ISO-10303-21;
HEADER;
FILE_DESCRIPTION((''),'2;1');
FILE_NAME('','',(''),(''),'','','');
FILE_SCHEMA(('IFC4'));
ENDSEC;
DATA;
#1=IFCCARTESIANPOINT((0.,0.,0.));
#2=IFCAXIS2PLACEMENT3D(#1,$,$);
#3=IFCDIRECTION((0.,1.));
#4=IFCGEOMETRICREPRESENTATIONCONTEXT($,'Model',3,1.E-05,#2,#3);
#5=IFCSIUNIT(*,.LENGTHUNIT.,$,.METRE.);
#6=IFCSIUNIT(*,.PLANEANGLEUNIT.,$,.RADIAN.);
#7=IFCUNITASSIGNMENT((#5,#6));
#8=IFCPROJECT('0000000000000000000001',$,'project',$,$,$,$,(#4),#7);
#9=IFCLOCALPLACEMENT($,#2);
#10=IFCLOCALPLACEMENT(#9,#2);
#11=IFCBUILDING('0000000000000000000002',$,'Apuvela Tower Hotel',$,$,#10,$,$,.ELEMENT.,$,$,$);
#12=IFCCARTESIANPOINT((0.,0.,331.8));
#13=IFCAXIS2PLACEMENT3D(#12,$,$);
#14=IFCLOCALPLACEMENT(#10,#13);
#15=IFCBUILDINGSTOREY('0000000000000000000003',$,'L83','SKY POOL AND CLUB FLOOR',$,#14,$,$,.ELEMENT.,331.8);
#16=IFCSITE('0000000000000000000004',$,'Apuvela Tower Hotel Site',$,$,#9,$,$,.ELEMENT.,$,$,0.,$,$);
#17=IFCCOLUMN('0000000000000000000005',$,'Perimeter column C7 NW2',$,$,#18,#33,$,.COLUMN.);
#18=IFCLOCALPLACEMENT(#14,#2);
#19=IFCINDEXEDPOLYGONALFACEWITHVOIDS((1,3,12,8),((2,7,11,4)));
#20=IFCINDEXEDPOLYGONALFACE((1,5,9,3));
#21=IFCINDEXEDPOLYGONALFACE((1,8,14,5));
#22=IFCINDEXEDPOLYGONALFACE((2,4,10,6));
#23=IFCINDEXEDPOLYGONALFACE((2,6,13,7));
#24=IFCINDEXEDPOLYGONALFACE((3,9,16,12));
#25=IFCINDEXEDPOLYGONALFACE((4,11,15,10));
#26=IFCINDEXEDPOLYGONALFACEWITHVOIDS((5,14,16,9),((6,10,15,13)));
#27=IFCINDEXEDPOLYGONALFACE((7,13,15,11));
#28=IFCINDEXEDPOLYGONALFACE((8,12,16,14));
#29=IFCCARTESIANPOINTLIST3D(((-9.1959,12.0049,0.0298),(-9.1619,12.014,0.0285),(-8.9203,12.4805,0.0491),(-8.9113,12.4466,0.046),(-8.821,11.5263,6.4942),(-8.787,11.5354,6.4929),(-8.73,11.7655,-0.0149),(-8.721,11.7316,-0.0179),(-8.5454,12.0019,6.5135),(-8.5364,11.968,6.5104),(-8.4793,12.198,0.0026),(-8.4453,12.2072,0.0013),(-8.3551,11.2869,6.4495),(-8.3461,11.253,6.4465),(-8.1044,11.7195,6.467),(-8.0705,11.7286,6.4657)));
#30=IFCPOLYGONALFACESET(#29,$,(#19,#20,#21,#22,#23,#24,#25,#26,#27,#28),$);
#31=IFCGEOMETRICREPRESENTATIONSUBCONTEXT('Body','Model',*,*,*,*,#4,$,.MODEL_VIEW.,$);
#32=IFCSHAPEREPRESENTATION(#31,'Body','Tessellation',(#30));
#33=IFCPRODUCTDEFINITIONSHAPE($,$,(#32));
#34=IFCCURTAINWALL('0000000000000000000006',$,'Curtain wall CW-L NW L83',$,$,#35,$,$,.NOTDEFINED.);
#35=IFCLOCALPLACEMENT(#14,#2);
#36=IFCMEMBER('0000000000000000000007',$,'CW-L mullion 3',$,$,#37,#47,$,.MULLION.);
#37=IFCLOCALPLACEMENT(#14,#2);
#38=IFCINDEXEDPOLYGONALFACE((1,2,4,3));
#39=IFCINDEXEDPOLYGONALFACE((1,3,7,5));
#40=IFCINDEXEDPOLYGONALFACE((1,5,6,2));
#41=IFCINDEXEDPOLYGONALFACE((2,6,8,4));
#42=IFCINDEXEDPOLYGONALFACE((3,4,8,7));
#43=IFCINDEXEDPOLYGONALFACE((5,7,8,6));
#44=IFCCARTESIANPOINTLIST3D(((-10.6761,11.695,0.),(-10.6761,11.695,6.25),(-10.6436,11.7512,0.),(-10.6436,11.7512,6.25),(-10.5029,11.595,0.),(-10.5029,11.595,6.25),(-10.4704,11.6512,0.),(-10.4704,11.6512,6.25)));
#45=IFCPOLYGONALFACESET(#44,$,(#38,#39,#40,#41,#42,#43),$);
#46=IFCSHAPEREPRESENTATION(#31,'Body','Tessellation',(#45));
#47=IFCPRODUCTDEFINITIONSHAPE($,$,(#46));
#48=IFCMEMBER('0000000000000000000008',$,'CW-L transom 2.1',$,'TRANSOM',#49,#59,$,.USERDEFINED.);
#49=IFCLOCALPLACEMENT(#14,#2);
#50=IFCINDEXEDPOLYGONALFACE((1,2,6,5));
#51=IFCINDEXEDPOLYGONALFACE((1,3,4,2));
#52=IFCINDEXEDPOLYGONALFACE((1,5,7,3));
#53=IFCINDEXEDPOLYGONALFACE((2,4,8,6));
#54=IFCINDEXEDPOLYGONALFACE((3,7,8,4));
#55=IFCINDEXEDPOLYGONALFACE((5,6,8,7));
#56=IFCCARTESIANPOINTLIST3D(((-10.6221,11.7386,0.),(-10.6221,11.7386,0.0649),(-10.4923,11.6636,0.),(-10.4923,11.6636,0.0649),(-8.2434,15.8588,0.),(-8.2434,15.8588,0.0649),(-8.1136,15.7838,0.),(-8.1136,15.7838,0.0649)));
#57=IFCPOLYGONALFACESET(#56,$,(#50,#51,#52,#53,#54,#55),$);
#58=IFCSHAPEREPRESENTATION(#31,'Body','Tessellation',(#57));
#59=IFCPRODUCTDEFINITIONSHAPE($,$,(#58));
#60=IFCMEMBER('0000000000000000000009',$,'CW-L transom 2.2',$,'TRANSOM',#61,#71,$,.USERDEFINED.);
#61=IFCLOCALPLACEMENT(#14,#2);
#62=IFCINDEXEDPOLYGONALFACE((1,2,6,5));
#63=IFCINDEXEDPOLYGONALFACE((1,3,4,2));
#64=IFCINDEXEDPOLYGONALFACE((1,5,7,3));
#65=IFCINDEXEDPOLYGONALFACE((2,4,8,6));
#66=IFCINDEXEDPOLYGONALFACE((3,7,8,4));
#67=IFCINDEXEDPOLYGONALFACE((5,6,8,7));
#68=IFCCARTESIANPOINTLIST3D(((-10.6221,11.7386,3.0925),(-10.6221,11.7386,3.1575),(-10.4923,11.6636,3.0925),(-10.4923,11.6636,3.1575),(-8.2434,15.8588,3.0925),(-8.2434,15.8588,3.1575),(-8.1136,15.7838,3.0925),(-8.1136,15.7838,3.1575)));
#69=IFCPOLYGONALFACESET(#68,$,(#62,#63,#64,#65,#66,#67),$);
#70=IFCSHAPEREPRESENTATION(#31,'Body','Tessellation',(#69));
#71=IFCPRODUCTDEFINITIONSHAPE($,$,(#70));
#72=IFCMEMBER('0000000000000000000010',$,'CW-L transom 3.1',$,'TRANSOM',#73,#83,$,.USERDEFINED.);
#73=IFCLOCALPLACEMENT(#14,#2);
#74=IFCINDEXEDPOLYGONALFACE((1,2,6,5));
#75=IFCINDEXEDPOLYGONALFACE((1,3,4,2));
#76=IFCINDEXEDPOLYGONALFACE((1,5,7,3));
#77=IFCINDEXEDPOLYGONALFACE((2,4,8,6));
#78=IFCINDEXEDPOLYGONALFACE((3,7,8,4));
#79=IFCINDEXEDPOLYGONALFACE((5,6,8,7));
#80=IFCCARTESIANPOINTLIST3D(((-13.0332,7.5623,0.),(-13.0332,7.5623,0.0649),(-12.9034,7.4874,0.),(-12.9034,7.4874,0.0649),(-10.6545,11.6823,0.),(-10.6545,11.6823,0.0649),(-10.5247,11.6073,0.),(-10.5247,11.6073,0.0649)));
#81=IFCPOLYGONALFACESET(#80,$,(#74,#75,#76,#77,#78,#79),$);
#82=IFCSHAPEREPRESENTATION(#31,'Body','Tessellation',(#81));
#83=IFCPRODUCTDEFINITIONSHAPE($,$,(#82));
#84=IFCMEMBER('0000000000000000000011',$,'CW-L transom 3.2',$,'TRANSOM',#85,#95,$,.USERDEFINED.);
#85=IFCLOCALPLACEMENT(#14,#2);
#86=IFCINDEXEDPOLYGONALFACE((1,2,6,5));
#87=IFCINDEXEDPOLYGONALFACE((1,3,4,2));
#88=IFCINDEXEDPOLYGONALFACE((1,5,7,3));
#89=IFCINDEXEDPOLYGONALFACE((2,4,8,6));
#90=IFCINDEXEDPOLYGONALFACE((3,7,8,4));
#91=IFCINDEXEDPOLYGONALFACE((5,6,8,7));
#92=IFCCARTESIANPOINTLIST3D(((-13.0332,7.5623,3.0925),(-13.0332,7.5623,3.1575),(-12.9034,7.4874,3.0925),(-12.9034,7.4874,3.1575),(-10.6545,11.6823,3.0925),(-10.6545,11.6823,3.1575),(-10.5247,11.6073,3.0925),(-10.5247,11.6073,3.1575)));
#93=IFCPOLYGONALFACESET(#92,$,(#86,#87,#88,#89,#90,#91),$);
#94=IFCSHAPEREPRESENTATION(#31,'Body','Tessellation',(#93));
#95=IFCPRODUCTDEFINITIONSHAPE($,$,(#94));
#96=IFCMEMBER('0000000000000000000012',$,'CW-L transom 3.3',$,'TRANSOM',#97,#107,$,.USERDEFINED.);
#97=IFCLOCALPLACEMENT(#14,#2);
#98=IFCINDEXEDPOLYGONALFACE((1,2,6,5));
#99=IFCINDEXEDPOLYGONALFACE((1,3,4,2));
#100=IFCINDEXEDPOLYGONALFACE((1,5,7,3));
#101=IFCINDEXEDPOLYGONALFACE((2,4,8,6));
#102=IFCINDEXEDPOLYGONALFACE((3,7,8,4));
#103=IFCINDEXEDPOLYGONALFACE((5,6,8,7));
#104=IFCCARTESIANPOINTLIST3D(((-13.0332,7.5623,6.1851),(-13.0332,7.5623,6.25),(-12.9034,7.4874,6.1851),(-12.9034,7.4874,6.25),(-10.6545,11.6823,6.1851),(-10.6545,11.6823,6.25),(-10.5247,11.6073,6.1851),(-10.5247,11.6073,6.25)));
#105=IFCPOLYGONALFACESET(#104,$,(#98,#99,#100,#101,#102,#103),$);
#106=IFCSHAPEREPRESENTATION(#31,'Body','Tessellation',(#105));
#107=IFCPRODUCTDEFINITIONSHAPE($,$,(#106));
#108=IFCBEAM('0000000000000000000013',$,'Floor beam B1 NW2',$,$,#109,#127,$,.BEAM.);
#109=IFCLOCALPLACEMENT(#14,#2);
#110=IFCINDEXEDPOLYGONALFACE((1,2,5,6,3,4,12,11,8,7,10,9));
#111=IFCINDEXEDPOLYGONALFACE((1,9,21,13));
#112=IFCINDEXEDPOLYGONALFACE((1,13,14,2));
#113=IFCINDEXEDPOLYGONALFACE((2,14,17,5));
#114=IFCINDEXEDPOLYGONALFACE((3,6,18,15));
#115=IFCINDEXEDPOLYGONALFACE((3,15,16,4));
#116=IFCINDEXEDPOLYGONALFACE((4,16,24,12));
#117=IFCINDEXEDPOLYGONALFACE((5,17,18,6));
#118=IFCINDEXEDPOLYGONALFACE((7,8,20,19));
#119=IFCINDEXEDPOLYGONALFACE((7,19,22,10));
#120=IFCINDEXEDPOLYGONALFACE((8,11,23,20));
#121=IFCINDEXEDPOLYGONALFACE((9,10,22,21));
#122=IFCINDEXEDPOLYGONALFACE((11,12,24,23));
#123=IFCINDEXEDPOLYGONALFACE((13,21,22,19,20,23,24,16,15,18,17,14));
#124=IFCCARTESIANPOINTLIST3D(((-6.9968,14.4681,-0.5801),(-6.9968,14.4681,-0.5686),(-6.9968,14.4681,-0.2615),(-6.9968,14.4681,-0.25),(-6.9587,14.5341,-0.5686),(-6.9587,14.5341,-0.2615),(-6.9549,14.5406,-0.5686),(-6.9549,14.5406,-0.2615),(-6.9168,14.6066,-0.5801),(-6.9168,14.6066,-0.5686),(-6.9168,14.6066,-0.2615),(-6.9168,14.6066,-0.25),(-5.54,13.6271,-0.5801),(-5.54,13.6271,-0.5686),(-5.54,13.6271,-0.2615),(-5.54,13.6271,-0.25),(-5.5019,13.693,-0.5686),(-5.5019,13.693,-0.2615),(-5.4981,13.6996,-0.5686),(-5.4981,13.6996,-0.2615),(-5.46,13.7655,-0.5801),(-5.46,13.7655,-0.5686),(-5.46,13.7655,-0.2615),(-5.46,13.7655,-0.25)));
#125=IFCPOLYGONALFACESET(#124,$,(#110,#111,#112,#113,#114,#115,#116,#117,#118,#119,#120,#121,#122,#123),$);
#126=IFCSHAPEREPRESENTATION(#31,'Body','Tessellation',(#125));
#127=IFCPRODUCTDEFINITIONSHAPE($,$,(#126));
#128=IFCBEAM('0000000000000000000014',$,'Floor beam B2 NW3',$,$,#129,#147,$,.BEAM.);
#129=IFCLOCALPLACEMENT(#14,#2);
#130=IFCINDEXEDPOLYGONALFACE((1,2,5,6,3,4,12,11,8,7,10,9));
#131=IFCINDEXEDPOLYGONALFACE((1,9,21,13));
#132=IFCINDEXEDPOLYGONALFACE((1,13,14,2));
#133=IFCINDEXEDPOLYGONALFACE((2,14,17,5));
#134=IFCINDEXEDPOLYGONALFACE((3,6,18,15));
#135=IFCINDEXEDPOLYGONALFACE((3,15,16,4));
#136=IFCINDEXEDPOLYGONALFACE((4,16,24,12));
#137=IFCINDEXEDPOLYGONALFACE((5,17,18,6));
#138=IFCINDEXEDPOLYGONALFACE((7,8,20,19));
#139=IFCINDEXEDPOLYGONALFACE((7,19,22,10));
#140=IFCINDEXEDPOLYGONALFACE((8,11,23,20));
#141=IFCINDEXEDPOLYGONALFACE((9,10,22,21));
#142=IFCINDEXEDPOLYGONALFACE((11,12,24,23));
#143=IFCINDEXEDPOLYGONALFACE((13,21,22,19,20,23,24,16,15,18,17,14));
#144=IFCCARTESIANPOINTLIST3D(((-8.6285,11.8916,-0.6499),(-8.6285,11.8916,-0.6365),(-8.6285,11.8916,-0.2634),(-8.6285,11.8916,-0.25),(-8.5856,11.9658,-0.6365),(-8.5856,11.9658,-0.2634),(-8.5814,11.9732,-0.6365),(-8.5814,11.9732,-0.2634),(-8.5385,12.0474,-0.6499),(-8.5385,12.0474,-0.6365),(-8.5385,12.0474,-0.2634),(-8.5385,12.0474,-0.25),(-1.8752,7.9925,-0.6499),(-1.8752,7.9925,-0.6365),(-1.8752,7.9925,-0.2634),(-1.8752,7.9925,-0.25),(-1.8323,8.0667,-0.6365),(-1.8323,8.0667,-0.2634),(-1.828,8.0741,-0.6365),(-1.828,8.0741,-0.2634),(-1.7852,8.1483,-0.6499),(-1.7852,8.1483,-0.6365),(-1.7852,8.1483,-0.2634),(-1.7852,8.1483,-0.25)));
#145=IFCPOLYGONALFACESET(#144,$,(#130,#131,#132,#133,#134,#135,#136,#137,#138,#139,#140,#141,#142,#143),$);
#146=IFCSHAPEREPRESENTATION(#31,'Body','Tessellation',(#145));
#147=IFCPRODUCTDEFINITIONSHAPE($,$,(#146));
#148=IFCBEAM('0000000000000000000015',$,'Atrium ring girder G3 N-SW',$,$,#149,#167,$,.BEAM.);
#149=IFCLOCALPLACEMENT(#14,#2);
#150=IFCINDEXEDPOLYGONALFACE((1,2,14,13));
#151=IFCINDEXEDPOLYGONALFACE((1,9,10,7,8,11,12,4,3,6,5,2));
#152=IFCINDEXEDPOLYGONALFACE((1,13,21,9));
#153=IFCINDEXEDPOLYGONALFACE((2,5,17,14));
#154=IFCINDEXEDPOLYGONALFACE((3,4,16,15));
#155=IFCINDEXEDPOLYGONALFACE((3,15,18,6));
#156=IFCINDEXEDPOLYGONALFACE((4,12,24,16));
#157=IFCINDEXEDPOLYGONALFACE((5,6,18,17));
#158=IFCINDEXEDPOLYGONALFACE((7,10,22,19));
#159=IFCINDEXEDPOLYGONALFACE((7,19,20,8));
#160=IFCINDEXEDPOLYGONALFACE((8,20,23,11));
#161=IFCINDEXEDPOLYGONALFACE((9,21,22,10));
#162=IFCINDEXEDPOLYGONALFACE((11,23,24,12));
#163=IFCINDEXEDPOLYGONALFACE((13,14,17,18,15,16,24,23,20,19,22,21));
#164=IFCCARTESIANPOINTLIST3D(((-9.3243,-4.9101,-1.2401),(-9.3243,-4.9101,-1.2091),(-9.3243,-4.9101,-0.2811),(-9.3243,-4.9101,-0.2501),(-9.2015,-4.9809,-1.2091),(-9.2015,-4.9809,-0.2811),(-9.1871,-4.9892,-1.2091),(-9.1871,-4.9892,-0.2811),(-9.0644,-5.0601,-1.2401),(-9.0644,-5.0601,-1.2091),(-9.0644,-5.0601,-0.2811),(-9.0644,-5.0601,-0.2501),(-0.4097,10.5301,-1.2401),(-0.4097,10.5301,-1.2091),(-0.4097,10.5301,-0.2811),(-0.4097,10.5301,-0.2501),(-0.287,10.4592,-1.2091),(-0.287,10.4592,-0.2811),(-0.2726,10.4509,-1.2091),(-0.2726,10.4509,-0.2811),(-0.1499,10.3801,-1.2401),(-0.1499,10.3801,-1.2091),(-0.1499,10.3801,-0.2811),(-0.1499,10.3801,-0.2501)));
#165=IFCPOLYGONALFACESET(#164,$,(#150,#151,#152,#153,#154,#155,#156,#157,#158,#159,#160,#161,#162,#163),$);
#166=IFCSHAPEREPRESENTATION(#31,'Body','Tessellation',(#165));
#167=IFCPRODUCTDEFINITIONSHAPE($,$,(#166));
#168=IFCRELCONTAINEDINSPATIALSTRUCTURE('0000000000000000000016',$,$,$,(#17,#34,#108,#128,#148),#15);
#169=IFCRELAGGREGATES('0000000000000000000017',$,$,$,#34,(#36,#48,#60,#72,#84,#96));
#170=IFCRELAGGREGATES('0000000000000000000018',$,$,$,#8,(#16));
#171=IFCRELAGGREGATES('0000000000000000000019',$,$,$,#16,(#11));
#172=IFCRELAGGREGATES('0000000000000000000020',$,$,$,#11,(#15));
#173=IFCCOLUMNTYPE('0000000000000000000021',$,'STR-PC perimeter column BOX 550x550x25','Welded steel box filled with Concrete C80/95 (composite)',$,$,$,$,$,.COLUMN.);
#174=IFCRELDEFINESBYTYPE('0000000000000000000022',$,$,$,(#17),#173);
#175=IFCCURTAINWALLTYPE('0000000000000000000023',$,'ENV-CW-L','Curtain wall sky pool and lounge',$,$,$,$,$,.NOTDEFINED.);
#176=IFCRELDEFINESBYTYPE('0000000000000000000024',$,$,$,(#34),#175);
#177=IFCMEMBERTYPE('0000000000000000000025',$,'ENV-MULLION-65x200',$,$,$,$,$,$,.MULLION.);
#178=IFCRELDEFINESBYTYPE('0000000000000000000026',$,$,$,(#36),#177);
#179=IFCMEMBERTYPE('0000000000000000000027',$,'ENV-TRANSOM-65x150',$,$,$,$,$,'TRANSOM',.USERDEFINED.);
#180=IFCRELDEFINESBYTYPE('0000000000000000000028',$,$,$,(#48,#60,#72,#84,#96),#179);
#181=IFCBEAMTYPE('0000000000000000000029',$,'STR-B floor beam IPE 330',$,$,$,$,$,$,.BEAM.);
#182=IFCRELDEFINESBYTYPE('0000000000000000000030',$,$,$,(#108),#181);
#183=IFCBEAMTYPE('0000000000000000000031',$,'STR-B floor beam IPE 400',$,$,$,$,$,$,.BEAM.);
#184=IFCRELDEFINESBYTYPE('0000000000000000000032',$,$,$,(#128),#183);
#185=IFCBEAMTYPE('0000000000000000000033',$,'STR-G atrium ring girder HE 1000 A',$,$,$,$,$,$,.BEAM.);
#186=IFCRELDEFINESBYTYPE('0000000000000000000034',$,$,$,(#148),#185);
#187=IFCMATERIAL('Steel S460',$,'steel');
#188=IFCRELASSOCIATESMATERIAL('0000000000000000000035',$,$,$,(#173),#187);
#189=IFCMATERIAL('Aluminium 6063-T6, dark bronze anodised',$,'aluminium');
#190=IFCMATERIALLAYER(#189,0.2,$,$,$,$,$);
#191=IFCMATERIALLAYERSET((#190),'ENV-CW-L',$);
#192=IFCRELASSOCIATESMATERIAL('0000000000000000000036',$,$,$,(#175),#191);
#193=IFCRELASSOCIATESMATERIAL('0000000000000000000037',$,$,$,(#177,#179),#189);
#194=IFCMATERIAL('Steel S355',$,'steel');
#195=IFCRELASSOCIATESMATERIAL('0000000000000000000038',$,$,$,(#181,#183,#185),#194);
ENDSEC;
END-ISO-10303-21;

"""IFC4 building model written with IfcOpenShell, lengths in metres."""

from ifc_helpers import new_model, si_unit, direction, frame, origin, origin_2d, place, context, subcontext, project, spatial, rectangle, hollow_rectangle, i_section, extrude, boolean, halfspace, material, layer, layer_set, material_profile, profile_set, type_object, element, aggregate, save


model = new_model("IFC4")

# Units and contexts
model_context = context("Model", 3, precision=1e-05, world=origin(), true_north=direction((0.0, 1.0)))
body_context = subcontext(model_context, "Body", "Model", "MODEL_VIEW")
ifc_project = project(units=[si_unit("LENGTHUNIT", "METRE"), si_unit("PLANEANGLEUNIT", "RADIAN")], contexts=[model_context])

# Site, building, storey
site_placement = place(None, origin())
site = spatial("IfcSite", under=ifc_project, at=site_placement, Name="Apuvela Tower Hotel Site", CompositionType="ELEMENT", RefElevation=0.0)
building_placement = place(site_placement, origin())
building = spatial("IfcBuilding", under=site, at=building_placement, Name="Apuvela Tower Hotel", CompositionType="ELEMENT")
storey_placement = place(building_placement, frame((0.0, 0.0, 331.8)))
storey = spatial("IfcBuildingStorey", under=building, at=storey_placement, Name="L83", Description="SKY POOL AND CLUB FLOOR", CompositionType="ELEMENT", Elevation=331.8)

# Column
ifc_material_1 = material(Name="Steel S460", Category="steel")
ifc_material_profile_1 = material_profile(ifc_material_1, hollow_rectangle(XDim=0.55, YDim=0.55, WallThickness=0.0249, at=origin_2d()), Name="BOX 550x550x25")
ifc_material_2 = material(Name="Concrete C80/95", Category="concrete")
ifc_material_profile_2 = material_profile(ifc_material_2, rectangle(XDim=0.5, YDim=0.5, at=origin_2d()), Name="Concrete C80/95 infill")
ifc_profile_set_1 = profile_set([ifc_material_profile_1, ifc_material_profile_2], Name="Steel S460")
column_type = type_object("IfcColumnType", Name="STR-PC perimeter column BOX 550x550x25", Description="Welded steel box filled with Concrete C80/95 (composite)", PredefinedType="COLUMN", material=ifc_profile_set_1)
column_placement = place(storey_placement, frame((-8.8215, 12.1072, 0.0), z_axis=(0.057738, -0.073706, 0.995607), x_axis=(0.501062, 0.864705, 0.034957)))
element("IfcColumn", 1, at=column_placement, inside=storey, type_object=column_type, Name="Perimeter column C7 NW2", PredefinedType="COLUMN", context=body_context, shape_type="SweptSolid", body=[
    boolean("DIFFERENCE", boolean("DIFFERENCE", extrude(hollow_rectangle(XDim=0.55, YDim=0.55, WallThickness=0.0249, at=origin_2d()), origin(), (0.0, 0.0, 1.0), 6.5286), halfspace(frame((0.0, 0.0, 0.0156), z_axis=(0.0, 0.0, 1.0), x_axis=(1.0, 0.0, 0.0)), True)), halfspace(frame((0.0, 0.0, 6.5085), z_axis=(0.0, 0.0, 1.0), x_axis=(1.0, 0.0, 0.0)), False)),
])

# Curtain wall, members
ifc_material_3 = material(Name="Aluminium 6063-T6, dark bronze anodised", Category="aluminium")
ifc_layer_1 = layer(ifc_material_3, 0.2)
ifc_layer_set_1 = layer_set([ifc_layer_1], Name="ENV-CW-L")
curtain_wall_type = type_object("IfcCurtainWallType", Name="ENV-CW-L", Description="Curtain wall sky pool and lounge", PredefinedType="NOTDEFINED", material=ifc_layer_set_1)
curtain_wall_placement = place(storey_placement, origin())
curtain_wall = element("IfcCurtainWall", 2, at=curtain_wall_placement, inside=storey, type_object=curtain_wall_type, Name="Curtain wall CW-L NW L83", PredefinedType="NOTDEFINED")
ifc_material_profile_3 = material_profile(ifc_material_3, rectangle(XDim=0.2, YDim=0.0649, at=origin_2d()), Name="AL 65x200")
ifc_profile_set_2 = profile_set([ifc_material_profile_3], Name="Aluminium 6063-T6, dark bronze anodised")
member_type_1 = type_object("IfcMemberType", Name="ENV-MULLION-65x200", PredefinedType="MULLION", material=ifc_profile_set_2)
member_1_placement = place(storey_placement, frame((-10.5732, 11.6731, 0.0), z_axis=(0.0, 0.0, 1.0), x_axis=(0.866025, -0.5, 0.0)))
member_1 = element("IfcMember", 3, at=member_1_placement, type_object=member_type_1, Name="CW-L mullion 3", PredefinedType="MULLION", context=body_context, shape_type="SweptSolid", body=[
    extrude(rectangle(XDim=0.2, YDim=0.0649, at=origin_2d()), origin(), (0.0, 0.0, 1.0), 6.25),
])
ifc_material_profile_4 = material_profile(ifc_material_3, rectangle(XDim=0.1499, YDim=0.0649, at=origin_2d()), Name="AL 65x150 transom")
ifc_profile_set_3 = profile_set([ifc_material_profile_4], Name="Aluminium 6063-T6, dark bronze anodised")
member_type_2 = type_object("IfcMemberType", Name="ENV-TRANSOM-65x150", ElementType="TRANSOM", PredefinedType="USERDEFINED", material=ifc_profile_set_3)
member_2_placement = place(storey_placement, frame((-8.1785, 15.8213, 0.0325), z_axis=(-0.499986, -0.866033, 0.0), x_axis=(0.866033, -0.499986, 0.0)))
member_2 = element("IfcMember", 4, at=member_2_placement, type_object=member_type_2, Name="CW-L transom 2.1", ObjectType="TRANSOM", PredefinedType="USERDEFINED", context=body_context, shape_type="SweptSolid", body=[
    extrude(rectangle(XDim=0.1499, YDim=0.0649, at=origin_2d()), origin(), (0.0, 0.0, 1.0), 4.7576),
])
member_3_placement = place(storey_placement, frame((-8.1785, 15.8213, 3.125), z_axis=(-0.499986, -0.866033, 0.0), x_axis=(0.866033, -0.499986, 0.0)))
member_3 = element("IfcMember", 5, at=member_3_placement, type_object=member_type_2, Name="CW-L transom 2.2", ObjectType="TRANSOM", PredefinedType="USERDEFINED", context=body_context, shape_type="SweptSolid", body=[
    extrude(rectangle(XDim=0.1499, YDim=0.0649, at=origin_2d()), origin(), (0.0, 0.0, 1.0), 4.7576),
])
member_4_placement = place(storey_placement, frame((-10.5896, 11.6448, 0.0325), z_axis=(-0.500008, -0.866021, 0.0), x_axis=(0.866021, -0.500008, 0.0)))
member_4 = element("IfcMember", 6, at=member_4_placement, type_object=member_type_2, Name="CW-L transom 3.1", ObjectType="TRANSOM", PredefinedType="USERDEFINED", context=body_context, shape_type="SweptSolid", body=[
    extrude(rectangle(XDim=0.1499, YDim=0.0649, at=origin_2d()), origin(), (0.0, 0.0, 1.0), 4.7573),
])
member_5_placement = place(storey_placement, frame((-10.5896, 11.6448, 3.125), z_axis=(-0.500008, -0.866021, 0.0), x_axis=(0.866021, -0.500008, 0.0)))
member_5 = element("IfcMember", 7, at=member_5_placement, type_object=member_type_2, Name="CW-L transom 3.2", ObjectType="TRANSOM", PredefinedType="USERDEFINED", context=body_context, shape_type="SweptSolid", body=[
    extrude(rectangle(XDim=0.1499, YDim=0.0649, at=origin_2d()), origin(), (0.0, 0.0, 1.0), 4.7573),
])
member_6_placement = place(storey_placement, frame((-10.5896, 11.6448, 6.2175), z_axis=(-0.500008, -0.866021, 0.0), x_axis=(0.866021, -0.500008, 0.0)))
member_6 = element("IfcMember", 8, at=member_6_placement, type_object=member_type_2, Name="CW-L transom 3.3", ObjectType="TRANSOM", PredefinedType="USERDEFINED", context=body_context, shape_type="SweptSolid", body=[
    extrude(rectangle(XDim=0.1499, YDim=0.0649, at=origin_2d()), origin(), (0.0, 0.0, 1.0), 4.7573),
])

# Beams
ifc_material_4 = material(Name="Steel S355", Category="steel")
ifc_material_profile_5 = material_profile(ifc_material_4, i_section(OverallWidth=0.1599, OverallDepth=0.3301, WebThickness=0.0076, FlangeThickness=0.0115, at=origin_2d()), Name="IPE 330")
ifc_profile_set_4 = profile_set([ifc_material_profile_5], Name="Steel S355")
beam_type_1 = type_object("IfcBeamType", Name="STR-B floor beam IPE 330", PredefinedType="BEAM", material=ifc_profile_set_4)
beam_1_placement = place(storey_placement, frame((-6.9568, 14.5374, -0.415), z_axis=(0.866028, -0.499995, 0.0), x_axis=(0.499995, 0.866028, 0.0)))
element("IfcBeam", 9, at=beam_1_placement, inside=storey, type_object=beam_type_1, Name="Floor beam B1 NW2", PredefinedType="BEAM", context=body_context, shape_type="SweptSolid", body=[
    extrude(i_section(OverallWidth=0.1599, OverallDepth=0.3301, WebThickness=0.0076, FlangeThickness=0.0115, at=origin_2d()), origin(), (0.0, 0.0, 1.0), 1.6821),
])
ifc_material_profile_6 = material_profile(ifc_material_4, i_section(OverallWidth=0.1799, OverallDepth=0.3999, WebThickness=0.0085, FlangeThickness=0.0134, at=origin_2d()), Name="IPE 400")
ifc_profile_set_5 = profile_set([ifc_material_profile_6], Name="Steel S355")
beam_type_2 = type_object("IfcBeamType", Name="STR-B floor beam IPE 400", PredefinedType="BEAM", material=ifc_profile_set_5)
beam_2_placement = place(storey_placement, frame((-8.5835, 11.9695, -0.45), z_axis=(0.866021, -0.500008, 0.0), x_axis=(0.500008, 0.866021, 0.0)))
element("IfcBeam", 10, at=beam_2_placement, inside=storey, type_object=beam_type_2, Name="Floor beam B2 NW3", PredefinedType="BEAM", context=body_context, shape_type="SweptSolid", body=[
    extrude(i_section(OverallWidth=0.1799, OverallDepth=0.3999, WebThickness=0.0085, FlangeThickness=0.0134, at=origin_2d()), origin(), (0.0, 0.0, 1.0), 7.7981),
])
ifc_material_profile_7 = material_profile(ifc_material_4, i_section(OverallWidth=0.3, OverallDepth=0.99, WebThickness=0.0166, FlangeThickness=0.031, at=origin_2d()), Name="HE 1000 A")
ifc_profile_set_6 = profile_set([ifc_material_profile_7], Name="Steel S355")
beam_type_3 = type_object("IfcBeamType", Name="STR-G atrium ring girder HE 1000 A", PredefinedType="BEAM", material=ifc_profile_set_6)
beam_3_placement = place(storey_placement, frame((-0.2798, 10.4551, -0.7451), z_axis=(-0.500007, -0.866022, 0.0), x_axis=(0.866022, -0.500007, 0.0)))
element("IfcBeam", 11, at=beam_3_placement, inside=storey, type_object=beam_type_3, Name="Atrium ring girder G3 N-SW", PredefinedType="BEAM", context=body_context, shape_type="SweptSolid", body=[
    extrude(i_section(OverallWidth=0.3, OverallDepth=0.99, WebThickness=0.0166, FlangeThickness=0.031, at=origin_2d()), origin(), (0.0, 0.0, 1.0), 17.8289),
])

aggregate(curtain_wall, [member_1, member_2, member_3, member_4, member_5, member_6])

save(model, "model.ifc")
